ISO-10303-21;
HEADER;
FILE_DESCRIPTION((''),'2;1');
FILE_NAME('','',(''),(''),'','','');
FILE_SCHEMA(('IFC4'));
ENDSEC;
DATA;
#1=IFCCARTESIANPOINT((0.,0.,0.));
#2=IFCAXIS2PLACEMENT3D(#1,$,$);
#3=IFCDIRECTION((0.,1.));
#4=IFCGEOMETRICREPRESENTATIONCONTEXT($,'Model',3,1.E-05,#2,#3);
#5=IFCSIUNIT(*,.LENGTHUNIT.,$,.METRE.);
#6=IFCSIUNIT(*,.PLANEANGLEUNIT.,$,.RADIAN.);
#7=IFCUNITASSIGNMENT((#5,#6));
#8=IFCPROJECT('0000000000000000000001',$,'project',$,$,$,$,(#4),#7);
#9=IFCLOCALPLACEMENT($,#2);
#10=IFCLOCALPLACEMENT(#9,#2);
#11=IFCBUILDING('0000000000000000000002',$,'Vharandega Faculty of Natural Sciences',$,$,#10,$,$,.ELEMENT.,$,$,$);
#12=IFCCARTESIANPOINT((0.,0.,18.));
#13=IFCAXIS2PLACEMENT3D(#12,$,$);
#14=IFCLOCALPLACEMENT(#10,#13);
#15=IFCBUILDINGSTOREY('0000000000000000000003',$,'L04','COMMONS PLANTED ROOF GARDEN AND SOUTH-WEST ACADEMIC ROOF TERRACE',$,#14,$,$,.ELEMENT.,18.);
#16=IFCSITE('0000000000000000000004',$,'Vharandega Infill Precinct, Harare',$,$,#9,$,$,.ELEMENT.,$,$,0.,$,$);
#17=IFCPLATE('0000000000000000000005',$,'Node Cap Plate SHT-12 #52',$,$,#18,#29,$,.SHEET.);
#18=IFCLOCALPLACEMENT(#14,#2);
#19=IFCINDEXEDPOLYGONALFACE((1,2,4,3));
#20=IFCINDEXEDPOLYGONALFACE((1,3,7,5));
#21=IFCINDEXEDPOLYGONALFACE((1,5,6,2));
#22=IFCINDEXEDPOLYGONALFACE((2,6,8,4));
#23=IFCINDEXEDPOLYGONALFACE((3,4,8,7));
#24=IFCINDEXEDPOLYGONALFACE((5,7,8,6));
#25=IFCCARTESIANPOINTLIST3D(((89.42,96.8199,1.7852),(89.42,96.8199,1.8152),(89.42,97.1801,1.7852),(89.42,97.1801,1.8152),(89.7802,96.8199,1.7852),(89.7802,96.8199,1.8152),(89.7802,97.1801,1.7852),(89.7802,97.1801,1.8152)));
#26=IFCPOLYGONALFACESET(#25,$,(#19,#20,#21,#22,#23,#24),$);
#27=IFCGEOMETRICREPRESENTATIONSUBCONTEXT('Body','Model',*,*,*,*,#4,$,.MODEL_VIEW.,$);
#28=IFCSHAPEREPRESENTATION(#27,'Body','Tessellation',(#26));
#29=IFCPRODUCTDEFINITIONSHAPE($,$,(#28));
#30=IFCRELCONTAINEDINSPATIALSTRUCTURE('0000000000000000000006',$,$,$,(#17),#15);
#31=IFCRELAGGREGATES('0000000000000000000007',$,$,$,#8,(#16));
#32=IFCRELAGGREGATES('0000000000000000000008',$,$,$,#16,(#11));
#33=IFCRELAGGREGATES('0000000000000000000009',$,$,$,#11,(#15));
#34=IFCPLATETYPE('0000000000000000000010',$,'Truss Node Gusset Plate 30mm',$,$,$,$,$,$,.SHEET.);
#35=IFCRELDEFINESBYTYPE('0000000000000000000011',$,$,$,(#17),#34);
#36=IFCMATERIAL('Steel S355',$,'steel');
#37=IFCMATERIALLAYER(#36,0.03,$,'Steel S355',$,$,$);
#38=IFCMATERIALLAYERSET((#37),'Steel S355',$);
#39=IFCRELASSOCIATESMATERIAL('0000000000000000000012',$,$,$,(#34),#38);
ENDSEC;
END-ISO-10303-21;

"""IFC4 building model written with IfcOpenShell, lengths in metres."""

from ifc_helpers import new_model, si_unit, direction, frame, origin, origin_2d, place, context, subcontext, project, spatial, rectangle, extrude, material, layer, layer_set, type_object, element, save


model = new_model("IFC4")

# Units and contexts
model_context = context("Model", 3, precision=1e-05, world=origin(), true_north=direction((0.0, 1.0)))
body_context = subcontext(model_context, "Body", "Model", "MODEL_VIEW")
ifc_project = project(units=[si_unit("LENGTHUNIT", "METRE"), si_unit("PLANEANGLEUNIT", "RADIAN")], contexts=[model_context])

# Site, building, storey
site_placement = place(None, origin())
site = spatial("IfcSite", under=ifc_project, at=site_placement, Name="Vharandega Infill Precinct, Harare", CompositionType="ELEMENT", RefElevation=0.0)
building_placement = place(site_placement, origin())
building = spatial("IfcBuilding", under=site, at=building_placement, Name="Vharandega Faculty of Natural Sciences", CompositionType="ELEMENT")
storey_placement = place(building_placement, frame((0.0, 0.0, 18.0)))
storey = spatial("IfcBuildingStorey", under=building, at=storey_placement, Name="L04", Description="COMMONS PLANTED ROOF GARDEN AND SOUTH-WEST ACADEMIC ROOF TERRACE", CompositionType="ELEMENT", Elevation=18.0)

# Plate
ifc_material_1 = material(Name="Steel S355", Category="steel")
ifc_layer_1 = layer(ifc_material_1, 0.03, Name="Steel S355")
ifc_layer_set_1 = layer_set([ifc_layer_1], Name="Steel S355")
plate_type_1 = type_object("IfcPlateType", Name="Truss Node Gusset Plate 30mm", PredefinedType="SHEET", material=ifc_layer_set_1)
for number, where, z_axis, x_axis, name in (
    (1, (89.6001, 97.0, 1.7852), (0.0, 0.0, 1.0), (1.0, 0.0, 0.0), "Node Cap Plate SHT-12 #52"),
):
    element("IfcPlate", number, at=place(storey_placement, frame(where, z_axis=z_axis, x_axis=x_axis)), inside=storey, type_object=plate_type_1, Name=name, PredefinedType="SHEET", context=body_context, shape_type="SweptSolid", body=[
        extrude(rectangle(XDim=0.3601, YDim=0.3601, at=origin_2d()), origin(), (0.0, 0.0, 1.0), 0.03),
    ])

save(model, "model.ifc")
